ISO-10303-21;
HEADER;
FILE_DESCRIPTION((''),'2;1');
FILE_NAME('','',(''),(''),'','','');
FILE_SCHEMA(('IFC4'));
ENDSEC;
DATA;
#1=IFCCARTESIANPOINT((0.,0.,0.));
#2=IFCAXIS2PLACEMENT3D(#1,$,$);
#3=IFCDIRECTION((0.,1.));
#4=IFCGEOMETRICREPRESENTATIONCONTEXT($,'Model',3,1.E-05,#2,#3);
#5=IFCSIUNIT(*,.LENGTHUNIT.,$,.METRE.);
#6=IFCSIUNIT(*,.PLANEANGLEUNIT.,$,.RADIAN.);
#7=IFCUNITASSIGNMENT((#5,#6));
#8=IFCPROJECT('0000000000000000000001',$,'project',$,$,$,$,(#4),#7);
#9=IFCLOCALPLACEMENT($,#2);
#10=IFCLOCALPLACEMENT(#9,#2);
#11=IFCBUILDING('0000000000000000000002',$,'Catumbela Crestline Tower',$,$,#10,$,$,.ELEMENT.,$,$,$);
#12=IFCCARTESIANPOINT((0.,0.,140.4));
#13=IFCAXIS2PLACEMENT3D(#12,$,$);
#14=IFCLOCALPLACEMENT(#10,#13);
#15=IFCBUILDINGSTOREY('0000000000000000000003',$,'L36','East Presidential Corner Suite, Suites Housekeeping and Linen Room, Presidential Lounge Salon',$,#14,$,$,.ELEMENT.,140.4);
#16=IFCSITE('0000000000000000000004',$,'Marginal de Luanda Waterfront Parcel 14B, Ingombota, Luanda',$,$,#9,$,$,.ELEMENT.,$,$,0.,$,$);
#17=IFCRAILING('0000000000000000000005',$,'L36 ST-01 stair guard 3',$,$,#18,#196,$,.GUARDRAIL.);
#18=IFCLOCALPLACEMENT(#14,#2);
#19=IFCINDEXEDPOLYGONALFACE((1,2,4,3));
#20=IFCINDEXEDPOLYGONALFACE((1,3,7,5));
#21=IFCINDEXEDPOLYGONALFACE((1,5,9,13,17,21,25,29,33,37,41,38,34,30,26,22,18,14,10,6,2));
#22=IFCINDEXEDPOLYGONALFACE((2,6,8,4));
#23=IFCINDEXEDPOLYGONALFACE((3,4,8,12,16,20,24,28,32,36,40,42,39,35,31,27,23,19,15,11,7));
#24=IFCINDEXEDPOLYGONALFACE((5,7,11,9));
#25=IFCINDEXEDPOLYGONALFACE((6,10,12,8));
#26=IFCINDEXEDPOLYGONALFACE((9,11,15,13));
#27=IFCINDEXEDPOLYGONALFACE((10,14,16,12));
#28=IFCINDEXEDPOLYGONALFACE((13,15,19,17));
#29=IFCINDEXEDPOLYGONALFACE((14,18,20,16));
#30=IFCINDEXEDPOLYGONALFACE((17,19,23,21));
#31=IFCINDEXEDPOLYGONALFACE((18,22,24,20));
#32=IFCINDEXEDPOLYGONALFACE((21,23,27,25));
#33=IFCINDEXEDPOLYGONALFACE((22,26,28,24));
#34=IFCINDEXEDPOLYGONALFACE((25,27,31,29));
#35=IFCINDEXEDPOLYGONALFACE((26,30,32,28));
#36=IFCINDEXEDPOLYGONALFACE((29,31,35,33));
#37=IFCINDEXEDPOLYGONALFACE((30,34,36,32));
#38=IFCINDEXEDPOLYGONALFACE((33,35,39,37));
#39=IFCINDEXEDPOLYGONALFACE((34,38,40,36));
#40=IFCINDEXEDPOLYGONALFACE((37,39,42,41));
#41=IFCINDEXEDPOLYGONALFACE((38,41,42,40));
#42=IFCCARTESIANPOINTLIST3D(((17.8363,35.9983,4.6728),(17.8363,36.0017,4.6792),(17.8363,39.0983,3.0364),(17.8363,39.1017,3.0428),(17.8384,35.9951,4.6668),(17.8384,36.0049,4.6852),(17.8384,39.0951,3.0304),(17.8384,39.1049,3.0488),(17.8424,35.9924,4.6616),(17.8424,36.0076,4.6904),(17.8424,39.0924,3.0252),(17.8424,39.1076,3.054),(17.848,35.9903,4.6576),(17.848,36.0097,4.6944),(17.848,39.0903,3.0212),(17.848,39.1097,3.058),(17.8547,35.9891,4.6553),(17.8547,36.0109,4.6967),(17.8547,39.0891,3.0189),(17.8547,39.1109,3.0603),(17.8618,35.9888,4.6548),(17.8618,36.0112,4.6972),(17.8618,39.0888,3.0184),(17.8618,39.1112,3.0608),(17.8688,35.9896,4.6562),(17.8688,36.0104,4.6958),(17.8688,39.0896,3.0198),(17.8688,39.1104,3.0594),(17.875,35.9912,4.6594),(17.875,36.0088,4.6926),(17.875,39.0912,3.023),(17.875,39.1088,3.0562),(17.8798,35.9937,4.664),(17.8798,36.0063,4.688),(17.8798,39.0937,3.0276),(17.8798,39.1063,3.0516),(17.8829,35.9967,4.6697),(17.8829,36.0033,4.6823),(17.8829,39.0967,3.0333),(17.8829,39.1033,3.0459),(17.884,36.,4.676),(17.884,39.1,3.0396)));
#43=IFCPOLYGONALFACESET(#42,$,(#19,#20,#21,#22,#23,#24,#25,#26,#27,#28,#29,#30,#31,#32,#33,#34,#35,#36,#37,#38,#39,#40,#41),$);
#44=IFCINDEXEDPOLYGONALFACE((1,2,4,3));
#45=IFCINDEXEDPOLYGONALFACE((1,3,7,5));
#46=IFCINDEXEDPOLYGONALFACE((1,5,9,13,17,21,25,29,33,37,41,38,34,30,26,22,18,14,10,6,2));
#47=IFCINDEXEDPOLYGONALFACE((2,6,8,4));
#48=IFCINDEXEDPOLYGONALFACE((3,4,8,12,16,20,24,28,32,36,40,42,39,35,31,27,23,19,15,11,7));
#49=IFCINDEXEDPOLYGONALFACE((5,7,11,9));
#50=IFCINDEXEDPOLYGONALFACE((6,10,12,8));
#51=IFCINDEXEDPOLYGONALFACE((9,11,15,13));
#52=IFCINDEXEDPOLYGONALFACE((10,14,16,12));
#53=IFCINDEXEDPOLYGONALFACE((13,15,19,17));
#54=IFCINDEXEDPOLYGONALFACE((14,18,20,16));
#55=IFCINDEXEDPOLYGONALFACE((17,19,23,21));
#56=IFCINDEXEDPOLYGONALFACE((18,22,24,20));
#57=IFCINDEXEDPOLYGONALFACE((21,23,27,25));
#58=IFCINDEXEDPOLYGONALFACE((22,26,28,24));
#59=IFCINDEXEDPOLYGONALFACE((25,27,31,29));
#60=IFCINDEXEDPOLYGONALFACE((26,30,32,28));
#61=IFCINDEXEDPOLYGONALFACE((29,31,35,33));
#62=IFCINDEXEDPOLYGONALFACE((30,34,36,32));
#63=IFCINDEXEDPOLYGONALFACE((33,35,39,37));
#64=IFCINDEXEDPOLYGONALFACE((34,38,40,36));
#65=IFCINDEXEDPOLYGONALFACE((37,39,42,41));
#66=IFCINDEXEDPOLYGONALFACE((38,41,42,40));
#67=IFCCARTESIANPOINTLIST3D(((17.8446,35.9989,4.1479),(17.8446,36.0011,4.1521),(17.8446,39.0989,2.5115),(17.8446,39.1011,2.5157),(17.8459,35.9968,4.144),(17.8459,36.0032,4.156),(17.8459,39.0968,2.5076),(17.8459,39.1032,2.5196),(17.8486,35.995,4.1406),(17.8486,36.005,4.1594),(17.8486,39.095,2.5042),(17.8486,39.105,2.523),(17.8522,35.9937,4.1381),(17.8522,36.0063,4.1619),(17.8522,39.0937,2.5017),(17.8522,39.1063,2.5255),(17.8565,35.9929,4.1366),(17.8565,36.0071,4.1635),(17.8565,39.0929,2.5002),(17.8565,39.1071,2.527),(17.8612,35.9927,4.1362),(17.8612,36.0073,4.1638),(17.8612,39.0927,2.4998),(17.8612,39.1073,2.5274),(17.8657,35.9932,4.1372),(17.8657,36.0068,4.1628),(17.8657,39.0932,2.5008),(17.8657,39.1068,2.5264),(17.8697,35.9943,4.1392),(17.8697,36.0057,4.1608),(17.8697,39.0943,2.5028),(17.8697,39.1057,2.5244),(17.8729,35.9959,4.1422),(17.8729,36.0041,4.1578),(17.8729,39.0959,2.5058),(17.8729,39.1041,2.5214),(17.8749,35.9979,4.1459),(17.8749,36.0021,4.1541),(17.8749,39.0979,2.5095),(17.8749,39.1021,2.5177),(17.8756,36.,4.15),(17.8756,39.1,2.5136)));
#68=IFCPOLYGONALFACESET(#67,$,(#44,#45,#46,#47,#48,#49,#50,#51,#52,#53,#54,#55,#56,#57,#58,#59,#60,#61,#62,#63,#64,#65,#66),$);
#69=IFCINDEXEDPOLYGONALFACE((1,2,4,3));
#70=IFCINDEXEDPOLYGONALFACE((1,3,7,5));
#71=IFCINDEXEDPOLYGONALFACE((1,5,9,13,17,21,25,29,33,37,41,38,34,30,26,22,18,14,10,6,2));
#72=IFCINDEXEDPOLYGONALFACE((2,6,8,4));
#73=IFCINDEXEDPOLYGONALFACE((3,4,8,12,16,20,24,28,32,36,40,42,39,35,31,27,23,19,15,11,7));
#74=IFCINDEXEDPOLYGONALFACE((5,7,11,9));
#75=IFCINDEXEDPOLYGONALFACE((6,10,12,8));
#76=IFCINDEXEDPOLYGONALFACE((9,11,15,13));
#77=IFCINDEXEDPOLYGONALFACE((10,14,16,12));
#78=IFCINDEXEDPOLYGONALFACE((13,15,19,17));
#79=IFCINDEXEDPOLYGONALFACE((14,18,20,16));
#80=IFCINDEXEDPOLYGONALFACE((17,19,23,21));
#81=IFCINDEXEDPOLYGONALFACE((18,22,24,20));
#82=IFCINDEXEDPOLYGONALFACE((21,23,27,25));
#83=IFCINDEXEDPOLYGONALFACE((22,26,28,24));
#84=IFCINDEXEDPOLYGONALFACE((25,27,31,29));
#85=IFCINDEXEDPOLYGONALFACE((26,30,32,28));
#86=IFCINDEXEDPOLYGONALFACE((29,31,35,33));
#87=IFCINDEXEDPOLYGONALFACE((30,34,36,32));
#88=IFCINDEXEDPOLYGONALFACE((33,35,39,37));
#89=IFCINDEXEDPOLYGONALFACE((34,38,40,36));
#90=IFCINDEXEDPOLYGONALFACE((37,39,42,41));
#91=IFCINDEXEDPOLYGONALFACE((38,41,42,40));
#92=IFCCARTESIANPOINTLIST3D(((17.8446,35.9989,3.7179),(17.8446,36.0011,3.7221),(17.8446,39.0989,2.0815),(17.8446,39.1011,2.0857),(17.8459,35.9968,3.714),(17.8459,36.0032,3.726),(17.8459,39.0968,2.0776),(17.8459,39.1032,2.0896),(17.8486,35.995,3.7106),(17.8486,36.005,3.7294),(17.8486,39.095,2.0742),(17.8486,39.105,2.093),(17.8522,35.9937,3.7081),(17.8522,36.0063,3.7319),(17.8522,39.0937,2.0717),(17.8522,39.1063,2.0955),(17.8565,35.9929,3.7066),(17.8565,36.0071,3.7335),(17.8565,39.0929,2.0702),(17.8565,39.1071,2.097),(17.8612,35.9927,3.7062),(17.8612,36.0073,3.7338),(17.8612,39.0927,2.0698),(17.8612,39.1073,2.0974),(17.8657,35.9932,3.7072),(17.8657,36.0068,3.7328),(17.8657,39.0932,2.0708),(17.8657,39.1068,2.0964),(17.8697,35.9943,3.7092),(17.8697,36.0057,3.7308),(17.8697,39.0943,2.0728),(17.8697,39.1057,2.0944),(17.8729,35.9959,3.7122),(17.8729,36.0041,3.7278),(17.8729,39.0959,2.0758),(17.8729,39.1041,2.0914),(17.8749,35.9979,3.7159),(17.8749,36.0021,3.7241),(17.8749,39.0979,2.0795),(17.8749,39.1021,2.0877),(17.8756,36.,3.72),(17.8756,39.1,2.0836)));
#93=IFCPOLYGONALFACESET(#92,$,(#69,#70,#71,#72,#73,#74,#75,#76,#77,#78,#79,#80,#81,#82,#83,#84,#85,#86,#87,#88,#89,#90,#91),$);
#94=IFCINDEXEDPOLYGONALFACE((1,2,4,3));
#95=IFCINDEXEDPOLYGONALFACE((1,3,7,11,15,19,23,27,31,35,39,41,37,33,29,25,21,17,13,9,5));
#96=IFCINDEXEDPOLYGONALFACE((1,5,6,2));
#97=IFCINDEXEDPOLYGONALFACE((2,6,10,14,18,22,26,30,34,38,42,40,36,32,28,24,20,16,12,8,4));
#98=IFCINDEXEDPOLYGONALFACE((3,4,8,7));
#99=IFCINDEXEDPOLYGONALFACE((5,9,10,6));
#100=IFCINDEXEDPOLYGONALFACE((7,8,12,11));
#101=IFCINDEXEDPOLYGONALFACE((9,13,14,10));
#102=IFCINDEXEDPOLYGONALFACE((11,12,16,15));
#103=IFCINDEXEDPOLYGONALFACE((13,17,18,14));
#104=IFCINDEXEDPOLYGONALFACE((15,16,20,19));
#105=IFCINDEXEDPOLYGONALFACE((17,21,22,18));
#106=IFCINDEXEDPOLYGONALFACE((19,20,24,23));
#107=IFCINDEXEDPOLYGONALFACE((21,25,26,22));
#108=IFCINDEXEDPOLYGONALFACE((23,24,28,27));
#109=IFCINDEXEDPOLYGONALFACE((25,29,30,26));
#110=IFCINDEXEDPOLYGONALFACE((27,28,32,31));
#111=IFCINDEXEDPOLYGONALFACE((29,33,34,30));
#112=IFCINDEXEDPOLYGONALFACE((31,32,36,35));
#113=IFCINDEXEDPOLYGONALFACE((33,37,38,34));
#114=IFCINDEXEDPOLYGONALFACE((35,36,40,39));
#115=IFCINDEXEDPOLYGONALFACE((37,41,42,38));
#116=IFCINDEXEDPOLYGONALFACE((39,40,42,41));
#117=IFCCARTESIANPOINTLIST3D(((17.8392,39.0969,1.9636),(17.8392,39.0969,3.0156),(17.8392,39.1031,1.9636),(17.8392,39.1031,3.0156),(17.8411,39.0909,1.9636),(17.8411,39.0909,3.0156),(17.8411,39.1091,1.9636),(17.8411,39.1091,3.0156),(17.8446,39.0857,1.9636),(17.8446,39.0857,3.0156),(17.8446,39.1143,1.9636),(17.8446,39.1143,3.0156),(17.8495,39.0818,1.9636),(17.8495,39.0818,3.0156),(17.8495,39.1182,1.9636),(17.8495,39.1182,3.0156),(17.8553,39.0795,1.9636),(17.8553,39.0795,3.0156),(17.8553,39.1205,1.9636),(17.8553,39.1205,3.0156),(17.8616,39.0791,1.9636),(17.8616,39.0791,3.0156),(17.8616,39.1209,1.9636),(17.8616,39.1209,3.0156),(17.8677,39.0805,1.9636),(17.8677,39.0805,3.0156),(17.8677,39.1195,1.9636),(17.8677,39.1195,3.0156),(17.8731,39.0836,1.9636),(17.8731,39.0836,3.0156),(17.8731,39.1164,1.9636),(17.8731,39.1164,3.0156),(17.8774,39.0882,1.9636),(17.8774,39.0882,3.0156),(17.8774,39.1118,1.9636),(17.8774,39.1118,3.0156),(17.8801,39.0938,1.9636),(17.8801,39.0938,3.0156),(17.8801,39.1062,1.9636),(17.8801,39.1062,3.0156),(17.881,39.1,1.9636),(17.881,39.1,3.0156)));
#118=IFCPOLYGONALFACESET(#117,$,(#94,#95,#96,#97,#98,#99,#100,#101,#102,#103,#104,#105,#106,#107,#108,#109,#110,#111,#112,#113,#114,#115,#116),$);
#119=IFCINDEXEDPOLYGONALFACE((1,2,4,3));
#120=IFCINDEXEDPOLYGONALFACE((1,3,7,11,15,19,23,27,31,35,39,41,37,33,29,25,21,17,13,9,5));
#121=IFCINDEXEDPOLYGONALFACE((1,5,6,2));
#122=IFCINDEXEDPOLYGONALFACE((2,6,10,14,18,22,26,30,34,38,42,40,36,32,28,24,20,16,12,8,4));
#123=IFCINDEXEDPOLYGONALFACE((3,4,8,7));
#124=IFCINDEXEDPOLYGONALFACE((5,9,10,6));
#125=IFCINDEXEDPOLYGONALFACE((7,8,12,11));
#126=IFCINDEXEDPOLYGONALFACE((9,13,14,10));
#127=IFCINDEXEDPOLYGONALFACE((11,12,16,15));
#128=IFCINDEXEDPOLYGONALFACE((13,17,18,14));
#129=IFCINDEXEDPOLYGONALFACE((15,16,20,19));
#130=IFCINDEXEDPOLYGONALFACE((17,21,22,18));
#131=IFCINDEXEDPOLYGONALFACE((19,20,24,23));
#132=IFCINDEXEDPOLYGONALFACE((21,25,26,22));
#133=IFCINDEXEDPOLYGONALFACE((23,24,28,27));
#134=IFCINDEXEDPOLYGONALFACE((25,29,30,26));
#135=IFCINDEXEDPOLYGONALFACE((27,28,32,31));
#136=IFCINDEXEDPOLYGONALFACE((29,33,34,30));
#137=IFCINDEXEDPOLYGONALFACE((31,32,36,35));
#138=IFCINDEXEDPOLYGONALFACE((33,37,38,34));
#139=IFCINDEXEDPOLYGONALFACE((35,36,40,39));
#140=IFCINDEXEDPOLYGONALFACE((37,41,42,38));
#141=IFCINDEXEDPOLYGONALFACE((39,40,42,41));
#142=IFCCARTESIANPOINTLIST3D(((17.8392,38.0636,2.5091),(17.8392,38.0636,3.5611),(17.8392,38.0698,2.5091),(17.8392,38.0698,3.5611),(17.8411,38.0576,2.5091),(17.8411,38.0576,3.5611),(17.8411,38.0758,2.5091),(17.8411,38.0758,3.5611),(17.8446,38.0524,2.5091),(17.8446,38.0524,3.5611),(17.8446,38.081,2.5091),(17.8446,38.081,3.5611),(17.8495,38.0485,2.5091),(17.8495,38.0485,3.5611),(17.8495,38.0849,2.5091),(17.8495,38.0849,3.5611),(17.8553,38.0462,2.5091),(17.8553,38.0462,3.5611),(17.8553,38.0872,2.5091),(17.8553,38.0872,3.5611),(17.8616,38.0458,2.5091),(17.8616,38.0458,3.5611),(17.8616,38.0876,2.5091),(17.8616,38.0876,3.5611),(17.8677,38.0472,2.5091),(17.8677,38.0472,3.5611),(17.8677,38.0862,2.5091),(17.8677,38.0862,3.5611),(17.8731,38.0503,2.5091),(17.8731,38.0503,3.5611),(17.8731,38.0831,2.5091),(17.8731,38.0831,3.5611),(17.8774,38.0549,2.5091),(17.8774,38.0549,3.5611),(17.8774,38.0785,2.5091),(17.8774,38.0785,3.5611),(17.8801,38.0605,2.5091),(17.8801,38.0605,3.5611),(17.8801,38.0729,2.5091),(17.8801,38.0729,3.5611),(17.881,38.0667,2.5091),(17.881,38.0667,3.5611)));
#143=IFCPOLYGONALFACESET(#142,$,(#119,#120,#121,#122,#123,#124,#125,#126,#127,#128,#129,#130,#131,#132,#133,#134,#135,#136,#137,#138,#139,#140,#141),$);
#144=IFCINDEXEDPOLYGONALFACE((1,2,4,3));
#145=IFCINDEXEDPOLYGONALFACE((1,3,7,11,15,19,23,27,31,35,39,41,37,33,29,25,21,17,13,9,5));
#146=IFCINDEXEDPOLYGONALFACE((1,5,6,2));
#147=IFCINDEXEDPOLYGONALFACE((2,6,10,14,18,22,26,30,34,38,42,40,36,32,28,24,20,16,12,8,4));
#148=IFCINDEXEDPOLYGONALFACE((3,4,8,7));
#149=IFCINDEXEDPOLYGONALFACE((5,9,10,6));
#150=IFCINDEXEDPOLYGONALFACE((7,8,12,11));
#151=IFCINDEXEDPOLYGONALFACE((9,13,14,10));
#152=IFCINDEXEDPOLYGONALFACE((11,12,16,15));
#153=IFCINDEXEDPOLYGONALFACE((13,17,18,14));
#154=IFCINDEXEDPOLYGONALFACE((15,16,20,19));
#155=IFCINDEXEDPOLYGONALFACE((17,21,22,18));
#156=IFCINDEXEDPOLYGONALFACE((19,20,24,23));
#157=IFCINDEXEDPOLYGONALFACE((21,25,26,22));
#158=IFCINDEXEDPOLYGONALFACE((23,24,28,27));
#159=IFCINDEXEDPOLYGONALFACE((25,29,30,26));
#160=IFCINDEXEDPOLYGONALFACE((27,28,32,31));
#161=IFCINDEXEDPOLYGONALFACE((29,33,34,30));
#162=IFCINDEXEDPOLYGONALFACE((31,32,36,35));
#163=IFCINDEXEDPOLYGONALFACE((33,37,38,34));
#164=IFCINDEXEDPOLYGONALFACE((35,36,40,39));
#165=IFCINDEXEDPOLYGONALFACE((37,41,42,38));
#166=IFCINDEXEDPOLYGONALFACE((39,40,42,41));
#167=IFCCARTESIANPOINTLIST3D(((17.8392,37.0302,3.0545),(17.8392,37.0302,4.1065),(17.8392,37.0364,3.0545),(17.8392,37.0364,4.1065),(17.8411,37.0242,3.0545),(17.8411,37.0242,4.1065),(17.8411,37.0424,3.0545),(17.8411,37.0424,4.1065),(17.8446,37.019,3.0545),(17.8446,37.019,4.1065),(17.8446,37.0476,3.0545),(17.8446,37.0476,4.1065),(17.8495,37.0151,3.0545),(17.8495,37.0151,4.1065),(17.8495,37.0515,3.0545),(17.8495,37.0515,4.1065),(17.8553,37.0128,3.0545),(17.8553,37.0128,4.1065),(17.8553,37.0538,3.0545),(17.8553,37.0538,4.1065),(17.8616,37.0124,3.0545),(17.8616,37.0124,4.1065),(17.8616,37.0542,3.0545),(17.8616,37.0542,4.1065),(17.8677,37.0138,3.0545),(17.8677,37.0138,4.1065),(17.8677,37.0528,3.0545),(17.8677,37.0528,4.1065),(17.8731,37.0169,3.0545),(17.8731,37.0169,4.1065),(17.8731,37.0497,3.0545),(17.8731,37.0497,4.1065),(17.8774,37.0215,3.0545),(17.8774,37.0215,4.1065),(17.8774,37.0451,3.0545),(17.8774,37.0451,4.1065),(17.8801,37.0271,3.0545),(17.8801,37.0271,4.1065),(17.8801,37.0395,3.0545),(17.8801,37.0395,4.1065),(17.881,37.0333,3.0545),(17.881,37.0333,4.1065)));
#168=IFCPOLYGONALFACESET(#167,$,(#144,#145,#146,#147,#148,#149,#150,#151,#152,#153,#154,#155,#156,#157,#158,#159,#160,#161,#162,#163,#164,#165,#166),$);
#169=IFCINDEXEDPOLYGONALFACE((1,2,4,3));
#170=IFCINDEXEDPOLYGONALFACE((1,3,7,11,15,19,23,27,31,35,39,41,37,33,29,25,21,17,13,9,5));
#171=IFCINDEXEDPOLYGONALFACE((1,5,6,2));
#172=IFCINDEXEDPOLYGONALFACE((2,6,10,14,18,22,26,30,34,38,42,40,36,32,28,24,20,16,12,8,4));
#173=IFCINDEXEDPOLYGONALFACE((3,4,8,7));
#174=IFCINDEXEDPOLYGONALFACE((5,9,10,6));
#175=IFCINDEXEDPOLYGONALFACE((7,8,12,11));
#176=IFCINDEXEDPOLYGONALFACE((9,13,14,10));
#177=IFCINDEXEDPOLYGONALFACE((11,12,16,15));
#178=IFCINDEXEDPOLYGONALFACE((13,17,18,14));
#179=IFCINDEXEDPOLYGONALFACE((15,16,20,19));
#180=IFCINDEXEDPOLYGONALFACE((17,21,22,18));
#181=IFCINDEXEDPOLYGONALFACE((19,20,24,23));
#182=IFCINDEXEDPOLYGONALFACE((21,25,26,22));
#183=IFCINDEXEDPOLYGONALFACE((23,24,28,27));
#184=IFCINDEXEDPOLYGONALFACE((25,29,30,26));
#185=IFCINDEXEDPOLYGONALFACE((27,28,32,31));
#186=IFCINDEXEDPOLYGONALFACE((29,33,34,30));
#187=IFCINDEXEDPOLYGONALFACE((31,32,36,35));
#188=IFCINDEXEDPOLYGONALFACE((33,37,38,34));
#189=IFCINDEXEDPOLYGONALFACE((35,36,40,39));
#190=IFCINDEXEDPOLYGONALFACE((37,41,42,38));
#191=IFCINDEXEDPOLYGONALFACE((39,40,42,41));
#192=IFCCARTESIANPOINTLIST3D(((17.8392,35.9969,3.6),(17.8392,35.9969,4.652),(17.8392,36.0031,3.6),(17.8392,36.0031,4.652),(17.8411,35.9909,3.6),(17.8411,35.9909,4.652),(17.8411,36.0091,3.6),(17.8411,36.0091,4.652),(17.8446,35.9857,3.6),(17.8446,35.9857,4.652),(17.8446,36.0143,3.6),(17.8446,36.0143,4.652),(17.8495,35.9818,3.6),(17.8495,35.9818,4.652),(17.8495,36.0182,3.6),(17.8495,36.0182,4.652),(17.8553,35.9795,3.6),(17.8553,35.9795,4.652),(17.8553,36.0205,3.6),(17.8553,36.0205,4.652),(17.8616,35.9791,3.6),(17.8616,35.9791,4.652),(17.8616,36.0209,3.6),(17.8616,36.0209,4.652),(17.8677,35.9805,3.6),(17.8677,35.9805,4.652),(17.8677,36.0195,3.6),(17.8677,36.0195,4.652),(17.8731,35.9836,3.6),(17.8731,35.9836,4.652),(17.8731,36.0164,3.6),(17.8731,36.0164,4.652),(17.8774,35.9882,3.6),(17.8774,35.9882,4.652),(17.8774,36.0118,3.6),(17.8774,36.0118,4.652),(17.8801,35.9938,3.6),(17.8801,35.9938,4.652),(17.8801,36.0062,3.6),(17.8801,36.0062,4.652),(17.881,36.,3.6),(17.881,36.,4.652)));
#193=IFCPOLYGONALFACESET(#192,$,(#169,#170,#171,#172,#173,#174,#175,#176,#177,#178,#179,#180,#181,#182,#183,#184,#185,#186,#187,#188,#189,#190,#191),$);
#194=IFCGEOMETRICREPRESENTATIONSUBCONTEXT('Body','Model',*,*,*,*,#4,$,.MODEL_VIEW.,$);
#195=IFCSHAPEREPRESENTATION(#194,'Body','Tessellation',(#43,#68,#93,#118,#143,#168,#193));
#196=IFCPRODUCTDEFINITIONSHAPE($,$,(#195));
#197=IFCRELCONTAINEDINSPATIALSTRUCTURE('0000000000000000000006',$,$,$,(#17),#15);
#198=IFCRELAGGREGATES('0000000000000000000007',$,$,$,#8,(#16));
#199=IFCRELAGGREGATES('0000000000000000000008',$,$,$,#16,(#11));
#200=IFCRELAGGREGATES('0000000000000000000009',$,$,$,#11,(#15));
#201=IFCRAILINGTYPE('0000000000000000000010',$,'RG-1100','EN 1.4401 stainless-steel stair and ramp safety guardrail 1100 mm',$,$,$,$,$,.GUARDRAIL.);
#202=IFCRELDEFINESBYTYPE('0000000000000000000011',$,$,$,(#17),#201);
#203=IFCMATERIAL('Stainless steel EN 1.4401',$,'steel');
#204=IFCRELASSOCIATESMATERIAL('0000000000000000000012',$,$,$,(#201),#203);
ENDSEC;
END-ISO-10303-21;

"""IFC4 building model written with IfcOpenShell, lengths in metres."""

from ifc_helpers import new_model, si_unit, direction, frame, origin, origin_2d, place, context, subcontext, project, spatial, circle, extrude, material, type_object, element, save


model = new_model("IFC4")

# Units and contexts
model_context = context("Model", 3, precision=1e-05, world=origin(), true_north=direction((0.0, 1.0)))
body_context = subcontext(model_context, "Body", "Model", "MODEL_VIEW")
ifc_project = project(units=[si_unit("LENGTHUNIT", "METRE"), si_unit("PLANEANGLEUNIT", "RADIAN")], contexts=[model_context])

# Site, building, storey
site_placement = place(None, origin())
site = spatial("IfcSite", under=ifc_project, at=site_placement, Name="Marginal de Luanda Waterfront Parcel 14B, Ingombota, Luanda", CompositionType="ELEMENT", RefElevation=0.0)
building_placement = place(site_placement, origin())
building = spatial("IfcBuilding", under=site, at=building_placement, Name="Catumbela Crestline Tower", CompositionType="ELEMENT")
storey_placement = place(building_placement, frame((0.0, 0.0, 140.4)))
storey = spatial("IfcBuildingStorey", under=building, at=storey_placement, Name="L36", Description="East Presidential Corner Suite, Suites Housekeeping and Linen Room, Presidential Lounge Salon", CompositionType="ELEMENT", Elevation=140.4)

# Railing
ifc_material_1 = material(Name="Stainless steel EN 1.4401", Category="steel")
railing_type_1 = type_object("IfcRailingType", Name="RG-1100", Description="EN 1.4401 stainless-steel stair and ramp safety guardrail 1100 mm", PredefinedType="GUARDRAIL", material=ifc_material_1)
railing_1_placement = place(storey_placement, frame((17.86, 39.1, 1.9636)))
element("IfcRailing", 1, at=railing_1_placement, inside=storey, type_object=railing_type_1, Name="L36 ST-01 stair guard 3", PredefinedType="GUARDRAIL", context=body_context, shape_type="SweptSolid", body=[
    extrude(circle(Radius=0.024, at=origin_2d()), frame((0.0, 0.0, 1.076), z_axis=(0.0, -0.884351, 0.466823), x_axis=(1.0, 0.0, 0.0)), (0.0, 0.0, 1.0), 3.5054),
    extrude(circle(Radius=0.0156, at=origin_2d()), frame((0.0, 0.0, 0.55), z_axis=(0.0, -0.884351, 0.466823), x_axis=(1.0, 0.0, 0.0)), (0.0, 0.0, 1.0), 3.5054),
    extrude(circle(Radius=0.0156, at=origin_2d()), frame((0.0, 0.0, 0.12), z_axis=(0.0, -0.884351, 0.466823), x_axis=(1.0, 0.0, 0.0)), (0.0, 0.0, 1.0), 3.5054),
    extrude(circle(Radius=0.021, at=origin_2d()), origin(), (0.0, 0.0, 1.0), 1.052),
    extrude(circle(Radius=0.021, at=origin_2d()), frame((0.0, -1.0333, 0.5455)), (0.0, 0.0, 1.0), 1.052),
    extrude(circle(Radius=0.021, at=origin_2d()), frame((0.0, -2.0667, 1.0909)), (0.0, 0.0, 1.0), 1.052),
    extrude(circle(Radius=0.021, at=origin_2d()), frame((0.0, -3.1, 1.6364)), (0.0, 0.0, 1.0), 1.052),
])

save(model, "model.ifc")
